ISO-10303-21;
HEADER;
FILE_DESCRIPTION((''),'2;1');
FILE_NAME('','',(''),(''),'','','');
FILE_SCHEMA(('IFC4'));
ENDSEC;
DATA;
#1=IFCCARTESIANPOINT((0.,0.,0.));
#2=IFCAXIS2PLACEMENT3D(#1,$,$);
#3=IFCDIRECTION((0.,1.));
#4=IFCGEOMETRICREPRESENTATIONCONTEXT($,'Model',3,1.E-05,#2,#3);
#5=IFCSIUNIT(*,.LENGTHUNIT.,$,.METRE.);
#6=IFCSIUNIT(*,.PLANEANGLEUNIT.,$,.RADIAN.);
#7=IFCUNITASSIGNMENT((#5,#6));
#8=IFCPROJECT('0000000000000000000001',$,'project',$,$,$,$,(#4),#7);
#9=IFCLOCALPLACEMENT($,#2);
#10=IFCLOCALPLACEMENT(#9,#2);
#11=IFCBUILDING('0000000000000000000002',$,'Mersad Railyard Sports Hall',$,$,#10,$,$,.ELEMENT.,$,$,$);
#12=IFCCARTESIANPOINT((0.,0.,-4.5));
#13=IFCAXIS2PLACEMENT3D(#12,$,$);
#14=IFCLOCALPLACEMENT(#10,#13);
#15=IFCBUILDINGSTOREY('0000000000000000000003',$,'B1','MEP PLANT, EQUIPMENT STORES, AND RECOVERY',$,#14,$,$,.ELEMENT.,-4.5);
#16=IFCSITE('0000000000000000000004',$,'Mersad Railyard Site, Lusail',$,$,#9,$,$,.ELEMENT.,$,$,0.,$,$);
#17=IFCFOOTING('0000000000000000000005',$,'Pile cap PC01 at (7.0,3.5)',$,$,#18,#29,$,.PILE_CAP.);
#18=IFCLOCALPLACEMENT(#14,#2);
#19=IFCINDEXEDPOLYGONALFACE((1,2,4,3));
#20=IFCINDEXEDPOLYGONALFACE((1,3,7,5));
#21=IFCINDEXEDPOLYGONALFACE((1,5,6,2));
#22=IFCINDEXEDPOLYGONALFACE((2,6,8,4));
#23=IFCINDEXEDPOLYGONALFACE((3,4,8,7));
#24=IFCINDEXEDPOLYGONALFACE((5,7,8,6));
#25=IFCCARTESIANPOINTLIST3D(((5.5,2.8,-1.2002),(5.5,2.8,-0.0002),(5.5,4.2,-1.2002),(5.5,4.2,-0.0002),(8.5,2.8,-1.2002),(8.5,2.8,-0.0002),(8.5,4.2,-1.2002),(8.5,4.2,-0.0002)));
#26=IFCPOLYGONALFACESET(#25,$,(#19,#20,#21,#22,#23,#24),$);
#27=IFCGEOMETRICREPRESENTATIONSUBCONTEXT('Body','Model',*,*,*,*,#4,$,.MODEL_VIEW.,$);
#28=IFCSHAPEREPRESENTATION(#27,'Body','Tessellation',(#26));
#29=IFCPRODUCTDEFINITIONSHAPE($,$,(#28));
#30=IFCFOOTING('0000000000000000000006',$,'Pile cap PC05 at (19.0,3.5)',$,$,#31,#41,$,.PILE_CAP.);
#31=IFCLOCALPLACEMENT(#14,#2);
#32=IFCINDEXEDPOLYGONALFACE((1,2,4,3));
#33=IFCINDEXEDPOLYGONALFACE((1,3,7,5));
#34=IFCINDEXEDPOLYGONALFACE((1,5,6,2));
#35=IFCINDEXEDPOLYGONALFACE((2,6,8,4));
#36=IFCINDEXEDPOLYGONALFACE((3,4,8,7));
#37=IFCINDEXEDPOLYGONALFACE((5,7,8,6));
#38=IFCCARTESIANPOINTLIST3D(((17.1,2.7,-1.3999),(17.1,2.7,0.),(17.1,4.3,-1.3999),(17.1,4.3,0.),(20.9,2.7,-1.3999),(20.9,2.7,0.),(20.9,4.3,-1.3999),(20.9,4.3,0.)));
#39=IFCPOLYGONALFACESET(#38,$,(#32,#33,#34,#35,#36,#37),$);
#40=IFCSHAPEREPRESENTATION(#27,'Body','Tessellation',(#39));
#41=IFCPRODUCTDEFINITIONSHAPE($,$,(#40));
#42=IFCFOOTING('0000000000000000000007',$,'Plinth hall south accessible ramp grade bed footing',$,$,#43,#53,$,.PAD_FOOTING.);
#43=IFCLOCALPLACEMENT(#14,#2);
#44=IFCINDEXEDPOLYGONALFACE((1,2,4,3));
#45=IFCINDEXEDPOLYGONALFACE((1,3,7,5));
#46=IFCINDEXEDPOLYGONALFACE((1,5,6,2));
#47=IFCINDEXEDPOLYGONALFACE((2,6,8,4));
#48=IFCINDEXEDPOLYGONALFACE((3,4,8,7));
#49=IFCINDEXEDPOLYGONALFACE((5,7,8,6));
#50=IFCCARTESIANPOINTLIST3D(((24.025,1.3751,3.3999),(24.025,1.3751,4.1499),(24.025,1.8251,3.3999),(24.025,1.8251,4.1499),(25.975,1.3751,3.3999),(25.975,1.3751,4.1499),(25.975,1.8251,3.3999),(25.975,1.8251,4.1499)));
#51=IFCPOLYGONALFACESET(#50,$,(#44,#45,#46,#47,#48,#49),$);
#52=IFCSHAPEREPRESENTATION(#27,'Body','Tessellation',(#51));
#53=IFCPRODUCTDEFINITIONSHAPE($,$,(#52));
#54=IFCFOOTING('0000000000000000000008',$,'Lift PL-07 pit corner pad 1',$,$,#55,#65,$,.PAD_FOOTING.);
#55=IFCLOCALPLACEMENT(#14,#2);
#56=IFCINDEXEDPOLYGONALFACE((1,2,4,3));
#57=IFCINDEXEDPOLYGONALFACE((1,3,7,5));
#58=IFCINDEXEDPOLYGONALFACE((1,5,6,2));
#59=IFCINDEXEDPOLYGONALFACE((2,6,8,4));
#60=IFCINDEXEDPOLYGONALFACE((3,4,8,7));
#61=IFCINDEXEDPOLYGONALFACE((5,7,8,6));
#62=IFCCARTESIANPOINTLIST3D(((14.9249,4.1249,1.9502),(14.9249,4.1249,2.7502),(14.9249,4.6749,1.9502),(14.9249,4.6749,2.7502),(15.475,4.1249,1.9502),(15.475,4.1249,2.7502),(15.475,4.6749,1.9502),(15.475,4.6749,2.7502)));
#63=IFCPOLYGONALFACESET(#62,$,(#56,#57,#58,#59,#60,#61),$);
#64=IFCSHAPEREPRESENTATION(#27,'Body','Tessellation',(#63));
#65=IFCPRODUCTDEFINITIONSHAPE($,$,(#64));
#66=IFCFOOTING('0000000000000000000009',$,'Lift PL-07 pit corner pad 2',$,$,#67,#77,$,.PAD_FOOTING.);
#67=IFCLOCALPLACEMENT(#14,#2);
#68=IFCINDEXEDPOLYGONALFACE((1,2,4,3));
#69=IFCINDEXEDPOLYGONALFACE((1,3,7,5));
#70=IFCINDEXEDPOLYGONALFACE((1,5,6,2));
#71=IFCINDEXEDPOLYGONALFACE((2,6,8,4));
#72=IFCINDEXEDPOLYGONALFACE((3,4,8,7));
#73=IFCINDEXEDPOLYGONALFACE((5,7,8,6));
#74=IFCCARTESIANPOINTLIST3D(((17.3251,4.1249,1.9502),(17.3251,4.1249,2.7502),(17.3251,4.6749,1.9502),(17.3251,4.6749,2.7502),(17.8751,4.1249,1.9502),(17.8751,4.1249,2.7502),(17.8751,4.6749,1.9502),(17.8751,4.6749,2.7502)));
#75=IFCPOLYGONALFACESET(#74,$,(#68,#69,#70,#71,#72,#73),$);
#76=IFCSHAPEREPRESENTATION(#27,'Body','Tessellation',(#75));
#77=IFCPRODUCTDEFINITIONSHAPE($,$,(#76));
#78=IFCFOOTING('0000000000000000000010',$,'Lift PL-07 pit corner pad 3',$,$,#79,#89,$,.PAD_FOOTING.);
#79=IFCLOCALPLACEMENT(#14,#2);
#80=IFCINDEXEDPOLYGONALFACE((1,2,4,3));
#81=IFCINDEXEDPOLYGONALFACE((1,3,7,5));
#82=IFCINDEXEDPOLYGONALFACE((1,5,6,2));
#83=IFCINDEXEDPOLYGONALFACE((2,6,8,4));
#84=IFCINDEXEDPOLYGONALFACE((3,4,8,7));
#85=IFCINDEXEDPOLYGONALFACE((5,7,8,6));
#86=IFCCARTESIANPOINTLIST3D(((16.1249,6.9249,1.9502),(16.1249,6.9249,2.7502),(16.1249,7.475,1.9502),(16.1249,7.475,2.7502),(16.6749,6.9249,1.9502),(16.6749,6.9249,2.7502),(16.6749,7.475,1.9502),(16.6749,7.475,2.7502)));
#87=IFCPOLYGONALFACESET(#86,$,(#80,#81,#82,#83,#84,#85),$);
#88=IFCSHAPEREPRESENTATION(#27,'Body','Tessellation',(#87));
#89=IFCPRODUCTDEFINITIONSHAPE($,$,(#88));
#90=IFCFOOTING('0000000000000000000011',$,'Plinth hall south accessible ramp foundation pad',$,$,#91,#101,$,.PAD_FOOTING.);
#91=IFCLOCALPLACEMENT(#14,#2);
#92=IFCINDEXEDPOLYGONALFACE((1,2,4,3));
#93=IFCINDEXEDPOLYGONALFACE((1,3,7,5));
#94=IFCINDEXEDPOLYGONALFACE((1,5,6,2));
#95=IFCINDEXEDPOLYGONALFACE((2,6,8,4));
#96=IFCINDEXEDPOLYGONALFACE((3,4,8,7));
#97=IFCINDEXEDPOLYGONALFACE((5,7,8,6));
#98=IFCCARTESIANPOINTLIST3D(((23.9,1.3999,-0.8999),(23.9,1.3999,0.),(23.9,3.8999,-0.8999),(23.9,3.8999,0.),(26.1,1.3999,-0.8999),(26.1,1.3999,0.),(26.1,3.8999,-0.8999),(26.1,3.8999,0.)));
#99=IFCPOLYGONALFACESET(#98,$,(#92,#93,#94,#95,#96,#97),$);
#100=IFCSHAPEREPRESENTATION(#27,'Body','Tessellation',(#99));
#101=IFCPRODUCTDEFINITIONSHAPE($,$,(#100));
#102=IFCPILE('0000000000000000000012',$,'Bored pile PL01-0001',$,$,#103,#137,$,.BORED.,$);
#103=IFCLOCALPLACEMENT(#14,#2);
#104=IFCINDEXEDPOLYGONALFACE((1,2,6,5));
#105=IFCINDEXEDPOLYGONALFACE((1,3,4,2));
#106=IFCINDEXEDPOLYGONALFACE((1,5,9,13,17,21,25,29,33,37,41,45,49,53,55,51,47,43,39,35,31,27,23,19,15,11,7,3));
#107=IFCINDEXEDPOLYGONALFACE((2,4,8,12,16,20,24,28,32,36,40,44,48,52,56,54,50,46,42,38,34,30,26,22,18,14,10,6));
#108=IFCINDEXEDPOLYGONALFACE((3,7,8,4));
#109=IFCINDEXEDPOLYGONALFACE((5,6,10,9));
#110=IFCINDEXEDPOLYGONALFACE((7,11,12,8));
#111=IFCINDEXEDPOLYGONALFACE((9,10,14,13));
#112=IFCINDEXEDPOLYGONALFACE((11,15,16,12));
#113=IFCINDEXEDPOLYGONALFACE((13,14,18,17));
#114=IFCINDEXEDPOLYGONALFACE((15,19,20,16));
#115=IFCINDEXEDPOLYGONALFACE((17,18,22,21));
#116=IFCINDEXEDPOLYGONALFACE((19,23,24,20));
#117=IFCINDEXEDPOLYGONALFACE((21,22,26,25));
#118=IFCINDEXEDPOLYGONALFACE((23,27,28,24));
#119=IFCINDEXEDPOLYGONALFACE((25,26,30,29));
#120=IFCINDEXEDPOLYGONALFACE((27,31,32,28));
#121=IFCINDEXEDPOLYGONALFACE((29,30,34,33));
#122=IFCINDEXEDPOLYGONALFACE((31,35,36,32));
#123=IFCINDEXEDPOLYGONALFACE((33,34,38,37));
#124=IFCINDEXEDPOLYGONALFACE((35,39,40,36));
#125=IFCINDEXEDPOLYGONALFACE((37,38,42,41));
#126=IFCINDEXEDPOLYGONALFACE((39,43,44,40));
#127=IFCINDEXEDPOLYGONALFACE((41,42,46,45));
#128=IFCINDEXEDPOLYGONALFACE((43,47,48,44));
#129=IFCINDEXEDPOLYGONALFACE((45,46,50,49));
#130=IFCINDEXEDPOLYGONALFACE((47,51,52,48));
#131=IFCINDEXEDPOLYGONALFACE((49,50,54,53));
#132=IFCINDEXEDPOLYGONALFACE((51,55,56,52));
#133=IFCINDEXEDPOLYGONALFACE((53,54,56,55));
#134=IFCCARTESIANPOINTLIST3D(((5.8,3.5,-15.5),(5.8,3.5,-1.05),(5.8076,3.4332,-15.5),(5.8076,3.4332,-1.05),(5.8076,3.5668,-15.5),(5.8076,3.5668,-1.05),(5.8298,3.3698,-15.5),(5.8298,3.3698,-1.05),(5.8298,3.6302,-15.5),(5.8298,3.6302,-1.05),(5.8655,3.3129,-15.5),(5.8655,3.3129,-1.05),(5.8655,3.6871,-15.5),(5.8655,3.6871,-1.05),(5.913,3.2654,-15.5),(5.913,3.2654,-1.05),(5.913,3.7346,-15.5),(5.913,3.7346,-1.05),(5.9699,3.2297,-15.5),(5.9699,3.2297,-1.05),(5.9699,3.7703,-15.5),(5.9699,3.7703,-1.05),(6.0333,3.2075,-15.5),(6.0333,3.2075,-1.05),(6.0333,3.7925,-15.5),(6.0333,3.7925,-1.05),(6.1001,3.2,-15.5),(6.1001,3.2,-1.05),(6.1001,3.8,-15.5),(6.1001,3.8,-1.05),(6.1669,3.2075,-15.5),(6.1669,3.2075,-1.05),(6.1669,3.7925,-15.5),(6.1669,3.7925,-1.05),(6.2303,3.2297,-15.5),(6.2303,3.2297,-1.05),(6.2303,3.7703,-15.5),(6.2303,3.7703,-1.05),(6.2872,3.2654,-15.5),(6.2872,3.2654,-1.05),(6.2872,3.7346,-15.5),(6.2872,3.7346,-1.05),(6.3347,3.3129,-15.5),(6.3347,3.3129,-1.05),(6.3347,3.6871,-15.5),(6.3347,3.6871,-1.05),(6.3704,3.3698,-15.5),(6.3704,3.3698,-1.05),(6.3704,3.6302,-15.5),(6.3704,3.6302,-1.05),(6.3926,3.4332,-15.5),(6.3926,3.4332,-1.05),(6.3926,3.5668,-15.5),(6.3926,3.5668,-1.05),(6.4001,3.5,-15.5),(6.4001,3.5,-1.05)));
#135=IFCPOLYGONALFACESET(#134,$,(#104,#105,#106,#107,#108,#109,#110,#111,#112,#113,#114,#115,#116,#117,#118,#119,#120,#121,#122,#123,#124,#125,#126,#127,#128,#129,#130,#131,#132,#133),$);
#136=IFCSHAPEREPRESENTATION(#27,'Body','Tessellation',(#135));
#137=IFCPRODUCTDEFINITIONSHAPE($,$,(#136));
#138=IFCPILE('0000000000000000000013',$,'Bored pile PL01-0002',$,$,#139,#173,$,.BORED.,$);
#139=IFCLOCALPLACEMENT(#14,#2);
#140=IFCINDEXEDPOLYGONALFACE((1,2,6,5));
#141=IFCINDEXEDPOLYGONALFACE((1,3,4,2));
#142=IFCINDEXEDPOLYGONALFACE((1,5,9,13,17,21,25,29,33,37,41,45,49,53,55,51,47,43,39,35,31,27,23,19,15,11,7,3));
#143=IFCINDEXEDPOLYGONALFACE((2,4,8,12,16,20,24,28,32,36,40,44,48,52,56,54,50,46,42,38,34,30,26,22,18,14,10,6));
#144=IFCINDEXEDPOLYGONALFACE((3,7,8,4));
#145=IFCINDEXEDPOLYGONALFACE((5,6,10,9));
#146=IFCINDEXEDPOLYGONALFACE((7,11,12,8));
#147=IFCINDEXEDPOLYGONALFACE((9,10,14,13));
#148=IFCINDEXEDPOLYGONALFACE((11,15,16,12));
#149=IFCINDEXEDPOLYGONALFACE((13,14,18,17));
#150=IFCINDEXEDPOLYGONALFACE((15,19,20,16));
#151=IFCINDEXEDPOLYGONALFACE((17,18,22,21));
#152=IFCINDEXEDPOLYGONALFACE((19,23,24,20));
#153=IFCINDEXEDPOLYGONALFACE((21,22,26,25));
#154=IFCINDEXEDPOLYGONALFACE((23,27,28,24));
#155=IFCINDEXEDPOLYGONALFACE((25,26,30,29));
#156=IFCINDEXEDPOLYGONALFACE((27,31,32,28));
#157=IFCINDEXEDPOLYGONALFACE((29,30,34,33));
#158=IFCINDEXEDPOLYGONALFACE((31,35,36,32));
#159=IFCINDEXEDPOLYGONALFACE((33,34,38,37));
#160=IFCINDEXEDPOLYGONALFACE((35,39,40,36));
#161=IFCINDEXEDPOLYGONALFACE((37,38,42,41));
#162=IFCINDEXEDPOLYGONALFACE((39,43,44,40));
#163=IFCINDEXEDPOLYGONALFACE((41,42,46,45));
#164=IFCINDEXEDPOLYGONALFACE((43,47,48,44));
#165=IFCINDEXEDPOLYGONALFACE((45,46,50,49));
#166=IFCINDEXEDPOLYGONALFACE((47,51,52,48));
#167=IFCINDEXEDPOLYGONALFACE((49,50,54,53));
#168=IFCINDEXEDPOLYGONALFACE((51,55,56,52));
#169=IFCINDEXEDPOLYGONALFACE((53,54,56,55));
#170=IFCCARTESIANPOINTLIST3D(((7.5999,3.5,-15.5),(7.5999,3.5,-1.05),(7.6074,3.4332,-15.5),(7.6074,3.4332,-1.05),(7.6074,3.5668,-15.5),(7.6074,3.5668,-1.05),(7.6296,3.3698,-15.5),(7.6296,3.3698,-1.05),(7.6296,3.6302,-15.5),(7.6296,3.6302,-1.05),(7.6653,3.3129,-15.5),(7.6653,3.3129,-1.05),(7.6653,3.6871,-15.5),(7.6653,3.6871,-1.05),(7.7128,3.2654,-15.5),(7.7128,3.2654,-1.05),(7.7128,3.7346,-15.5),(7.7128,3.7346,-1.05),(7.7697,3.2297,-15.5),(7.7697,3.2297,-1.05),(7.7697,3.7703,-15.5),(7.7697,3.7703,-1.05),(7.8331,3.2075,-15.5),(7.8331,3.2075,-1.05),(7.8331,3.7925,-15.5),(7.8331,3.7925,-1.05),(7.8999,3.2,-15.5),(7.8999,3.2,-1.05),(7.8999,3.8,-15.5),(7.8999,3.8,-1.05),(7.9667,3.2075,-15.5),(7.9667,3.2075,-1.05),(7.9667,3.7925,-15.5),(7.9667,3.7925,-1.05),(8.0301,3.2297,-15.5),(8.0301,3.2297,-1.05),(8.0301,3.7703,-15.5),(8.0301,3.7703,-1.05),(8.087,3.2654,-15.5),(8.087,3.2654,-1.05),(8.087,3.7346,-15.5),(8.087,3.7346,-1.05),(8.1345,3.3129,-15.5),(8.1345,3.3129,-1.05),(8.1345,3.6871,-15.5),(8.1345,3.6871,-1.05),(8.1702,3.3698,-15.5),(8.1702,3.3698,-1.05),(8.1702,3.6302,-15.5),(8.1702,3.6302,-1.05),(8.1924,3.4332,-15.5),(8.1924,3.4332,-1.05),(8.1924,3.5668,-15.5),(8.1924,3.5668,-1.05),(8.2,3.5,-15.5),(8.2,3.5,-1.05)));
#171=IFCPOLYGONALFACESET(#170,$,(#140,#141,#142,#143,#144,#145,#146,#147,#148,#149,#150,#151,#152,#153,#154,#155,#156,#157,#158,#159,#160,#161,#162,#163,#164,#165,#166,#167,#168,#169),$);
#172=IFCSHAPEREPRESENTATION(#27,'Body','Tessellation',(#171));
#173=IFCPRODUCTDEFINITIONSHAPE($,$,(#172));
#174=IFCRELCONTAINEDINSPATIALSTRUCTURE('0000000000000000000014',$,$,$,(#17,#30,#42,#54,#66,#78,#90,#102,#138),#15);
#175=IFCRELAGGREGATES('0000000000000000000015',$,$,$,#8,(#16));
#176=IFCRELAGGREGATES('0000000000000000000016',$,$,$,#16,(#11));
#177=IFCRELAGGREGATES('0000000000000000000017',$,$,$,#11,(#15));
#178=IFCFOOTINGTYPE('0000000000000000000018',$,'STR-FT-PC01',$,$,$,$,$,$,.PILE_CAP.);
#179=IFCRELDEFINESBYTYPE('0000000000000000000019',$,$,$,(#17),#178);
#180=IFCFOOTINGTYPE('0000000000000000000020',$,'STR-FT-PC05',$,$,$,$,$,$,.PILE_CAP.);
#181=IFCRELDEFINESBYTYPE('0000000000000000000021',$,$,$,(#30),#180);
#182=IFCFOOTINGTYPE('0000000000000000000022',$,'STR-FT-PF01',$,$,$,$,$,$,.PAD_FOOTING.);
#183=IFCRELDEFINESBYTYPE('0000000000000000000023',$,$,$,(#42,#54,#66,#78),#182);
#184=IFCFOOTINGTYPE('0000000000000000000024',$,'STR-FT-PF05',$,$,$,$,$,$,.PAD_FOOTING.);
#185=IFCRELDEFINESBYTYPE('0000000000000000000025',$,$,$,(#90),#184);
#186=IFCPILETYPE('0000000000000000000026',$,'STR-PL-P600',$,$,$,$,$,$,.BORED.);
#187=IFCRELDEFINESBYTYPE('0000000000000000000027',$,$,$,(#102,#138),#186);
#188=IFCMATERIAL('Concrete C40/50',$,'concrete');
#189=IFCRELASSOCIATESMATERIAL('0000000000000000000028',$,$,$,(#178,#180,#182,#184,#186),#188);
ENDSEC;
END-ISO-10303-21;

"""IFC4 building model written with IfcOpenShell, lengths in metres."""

from ifc_helpers import new_model, si_unit, direction, frame, origin, origin_2d, place, context, subcontext, project, spatial, rectangle, circle, extrude, material, material_profile, profile_set, type_object, element, save


model = new_model("IFC4")

# Units and contexts
model_context = context("Model", 3, precision=1e-05, world=origin(), true_north=direction((0.0, 1.0)))
body_context = subcontext(model_context, "Body", "Model", "MODEL_VIEW")
ifc_project = project(units=[si_unit("LENGTHUNIT", "METRE"), si_unit("PLANEANGLEUNIT", "RADIAN")], contexts=[model_context])

# Site, building, storey
site_placement = place(None, origin())
site = spatial("IfcSite", under=ifc_project, at=site_placement, Name="Mersad Railyard Site, Lusail", CompositionType="ELEMENT", RefElevation=0.0)
building_placement = place(site_placement, origin())
building = spatial("IfcBuilding", under=site, at=building_placement, Name="Mersad Railyard Sports Hall", CompositionType="ELEMENT")
storey_placement = place(building_placement, frame((0.0, 0.0, -4.5)))
storey = spatial("IfcBuildingStorey", under=building, at=storey_placement, Name="B1", Description="MEP PLANT, EQUIPMENT STORES, AND RECOVERY", CompositionType="ELEMENT", Elevation=-4.5)

# Footings
ifc_material_1 = material(Name="Concrete C40/50", Category="concrete")
footing_type_1 = type_object("IfcFootingType", Name="STR-FT-PC01", PredefinedType="PILE_CAP", material=ifc_material_1)
footing_1_placement = place(storey_placement, frame((7.0, 3.5, -1.2002), z_axis=(0.0, 0.0, 1.0), x_axis=(1.0, 0.0, 0.0)))
element("IfcFooting", 1, at=footing_1_placement, inside=storey, type_object=footing_type_1, Name="Pile cap PC01 at (7.0,3.5)", PredefinedType="PILE_CAP", context=body_context, shape_type="SweptSolid", body=[
    extrude(rectangle(XDim=3.0, YDim=1.3999, at=origin_2d()), origin(), (0.0, 0.0, 1.0), 1.2),
])
footing_type_2 = type_object("IfcFootingType", Name="STR-FT-PC05", PredefinedType="PILE_CAP", material=ifc_material_1)
footing_2_placement = place(storey_placement, frame((19.0, 3.5, -1.3999), z_axis=(0.0, 0.0, 1.0), x_axis=(1.0, 0.0, 0.0)))
element("IfcFooting", 2, at=footing_2_placement, inside=storey, type_object=footing_type_2, Name="Pile cap PC05 at (19.0,3.5)", PredefinedType="PILE_CAP", context=body_context, shape_type="SweptSolid", body=[
    extrude(rectangle(XDim=3.8, YDim=1.6001, at=origin_2d()), origin(), (0.0, 0.0, 1.0), 1.3999),
])
footing_type_3 = type_object("IfcFootingType", Name="STR-FT-PF01", PredefinedType="PAD_FOOTING", material=ifc_material_1)
footing_3_placement = place(storey_placement, frame((25.0, 1.6001, 3.3999), z_axis=(0.0, 0.0, 1.0), x_axis=(1.0, 0.0, 0.0)))
element("IfcFooting", 3, at=footing_3_placement, inside=storey, type_object=footing_type_3, Name="Plinth hall south accessible ramp grade bed footing", PredefinedType="PAD_FOOTING", context=body_context, shape_type="SweptSolid", body=[
    extrude(rectangle(XDim=1.95, YDim=0.45, at=origin_2d()), origin(), (0.0, 0.0, 1.0), 0.75),
])
for number, where, z_axis, x_axis, name in (
    (4, (15.2, 4.3999, 1.9502), (0.0, 0.0, 1.0), (1.0, 0.0, 0.0), "Lift PL-07 pit corner pad 1"),
    (5, (17.6001, 4.3999, 1.9502), (0.0, 0.0, 1.0), (1.0, 0.0, 0.0), "Lift PL-07 pit corner pad 2"),
    (6, (16.3999, 7.2, 1.9502), (0.0, 0.0, 1.0), (1.0, 0.0, 0.0), "Lift PL-07 pit corner pad 3"),
):
    element("IfcFooting", number, at=place(storey_placement, frame(where, z_axis=z_axis, x_axis=x_axis)), inside=storey, type_object=footing_type_3, Name=name, PredefinedType="PAD_FOOTING", context=body_context, shape_type="SweptSolid", body=[
        extrude(rectangle(XDim=0.55, YDim=0.55, at=origin_2d()), origin(), (0.0, 0.0, 1.0), 0.8),
    ])
footing_type_4 = type_object("IfcFootingType", Name="STR-FT-PF05", PredefinedType="PAD_FOOTING", material=ifc_material_1)
footing_4_placement = place(storey_placement, frame((25.0, 2.6499, -0.8999), z_axis=(0.0, 0.0, 1.0), x_axis=(1.0, 0.0, 0.0)))
element("IfcFooting", 7, at=footing_4_placement, inside=storey, type_object=footing_type_4, Name="Plinth hall south accessible ramp foundation pad", PredefinedType="PAD_FOOTING", context=body_context, shape_type="SweptSolid", body=[
    extrude(rectangle(XDim=2.2, YDim=2.5, at=origin_2d()), origin(), (0.0, 0.0, 1.0), 0.8999),
])

# Piles
ifc_material_profile_1 = material_profile(ifc_material_1, circle(Radius=0.3, at=origin_2d()), Name="BORED PILE D600")
ifc_profile_set_1 = profile_set([ifc_material_profile_1], Name="Concrete C40/50")
pile_type_1 = type_object("IfcPileType", Name="STR-PL-P600", PredefinedType="BORED", material=ifc_profile_set_1)
for number, where, z_axis, x_axis, name in (
    (8, (6.1001, 3.5, -1.05), (0.0, 0.0, -1.0), (1.0, 0.0, 0.0), "Bored pile PL01-0001"),
    (9, (7.8999, 3.5, -1.05), (0.0, 0.0, -1.0), (1.0, 0.0, 0.0), "Bored pile PL01-0002"),
):
    element("IfcPile", number, at=place(storey_placement, frame(where, z_axis=z_axis, x_axis=x_axis)), inside=storey, type_object=pile_type_1, Name=name, PredefinedType="BORED", context=body_context, shape_type="SweptSolid", body=[
        extrude(circle(Radius=0.3, at=origin_2d()), origin(), (0.0, 0.0, 1.0), 14.45),
    ])

save(model, "model.ifc")
